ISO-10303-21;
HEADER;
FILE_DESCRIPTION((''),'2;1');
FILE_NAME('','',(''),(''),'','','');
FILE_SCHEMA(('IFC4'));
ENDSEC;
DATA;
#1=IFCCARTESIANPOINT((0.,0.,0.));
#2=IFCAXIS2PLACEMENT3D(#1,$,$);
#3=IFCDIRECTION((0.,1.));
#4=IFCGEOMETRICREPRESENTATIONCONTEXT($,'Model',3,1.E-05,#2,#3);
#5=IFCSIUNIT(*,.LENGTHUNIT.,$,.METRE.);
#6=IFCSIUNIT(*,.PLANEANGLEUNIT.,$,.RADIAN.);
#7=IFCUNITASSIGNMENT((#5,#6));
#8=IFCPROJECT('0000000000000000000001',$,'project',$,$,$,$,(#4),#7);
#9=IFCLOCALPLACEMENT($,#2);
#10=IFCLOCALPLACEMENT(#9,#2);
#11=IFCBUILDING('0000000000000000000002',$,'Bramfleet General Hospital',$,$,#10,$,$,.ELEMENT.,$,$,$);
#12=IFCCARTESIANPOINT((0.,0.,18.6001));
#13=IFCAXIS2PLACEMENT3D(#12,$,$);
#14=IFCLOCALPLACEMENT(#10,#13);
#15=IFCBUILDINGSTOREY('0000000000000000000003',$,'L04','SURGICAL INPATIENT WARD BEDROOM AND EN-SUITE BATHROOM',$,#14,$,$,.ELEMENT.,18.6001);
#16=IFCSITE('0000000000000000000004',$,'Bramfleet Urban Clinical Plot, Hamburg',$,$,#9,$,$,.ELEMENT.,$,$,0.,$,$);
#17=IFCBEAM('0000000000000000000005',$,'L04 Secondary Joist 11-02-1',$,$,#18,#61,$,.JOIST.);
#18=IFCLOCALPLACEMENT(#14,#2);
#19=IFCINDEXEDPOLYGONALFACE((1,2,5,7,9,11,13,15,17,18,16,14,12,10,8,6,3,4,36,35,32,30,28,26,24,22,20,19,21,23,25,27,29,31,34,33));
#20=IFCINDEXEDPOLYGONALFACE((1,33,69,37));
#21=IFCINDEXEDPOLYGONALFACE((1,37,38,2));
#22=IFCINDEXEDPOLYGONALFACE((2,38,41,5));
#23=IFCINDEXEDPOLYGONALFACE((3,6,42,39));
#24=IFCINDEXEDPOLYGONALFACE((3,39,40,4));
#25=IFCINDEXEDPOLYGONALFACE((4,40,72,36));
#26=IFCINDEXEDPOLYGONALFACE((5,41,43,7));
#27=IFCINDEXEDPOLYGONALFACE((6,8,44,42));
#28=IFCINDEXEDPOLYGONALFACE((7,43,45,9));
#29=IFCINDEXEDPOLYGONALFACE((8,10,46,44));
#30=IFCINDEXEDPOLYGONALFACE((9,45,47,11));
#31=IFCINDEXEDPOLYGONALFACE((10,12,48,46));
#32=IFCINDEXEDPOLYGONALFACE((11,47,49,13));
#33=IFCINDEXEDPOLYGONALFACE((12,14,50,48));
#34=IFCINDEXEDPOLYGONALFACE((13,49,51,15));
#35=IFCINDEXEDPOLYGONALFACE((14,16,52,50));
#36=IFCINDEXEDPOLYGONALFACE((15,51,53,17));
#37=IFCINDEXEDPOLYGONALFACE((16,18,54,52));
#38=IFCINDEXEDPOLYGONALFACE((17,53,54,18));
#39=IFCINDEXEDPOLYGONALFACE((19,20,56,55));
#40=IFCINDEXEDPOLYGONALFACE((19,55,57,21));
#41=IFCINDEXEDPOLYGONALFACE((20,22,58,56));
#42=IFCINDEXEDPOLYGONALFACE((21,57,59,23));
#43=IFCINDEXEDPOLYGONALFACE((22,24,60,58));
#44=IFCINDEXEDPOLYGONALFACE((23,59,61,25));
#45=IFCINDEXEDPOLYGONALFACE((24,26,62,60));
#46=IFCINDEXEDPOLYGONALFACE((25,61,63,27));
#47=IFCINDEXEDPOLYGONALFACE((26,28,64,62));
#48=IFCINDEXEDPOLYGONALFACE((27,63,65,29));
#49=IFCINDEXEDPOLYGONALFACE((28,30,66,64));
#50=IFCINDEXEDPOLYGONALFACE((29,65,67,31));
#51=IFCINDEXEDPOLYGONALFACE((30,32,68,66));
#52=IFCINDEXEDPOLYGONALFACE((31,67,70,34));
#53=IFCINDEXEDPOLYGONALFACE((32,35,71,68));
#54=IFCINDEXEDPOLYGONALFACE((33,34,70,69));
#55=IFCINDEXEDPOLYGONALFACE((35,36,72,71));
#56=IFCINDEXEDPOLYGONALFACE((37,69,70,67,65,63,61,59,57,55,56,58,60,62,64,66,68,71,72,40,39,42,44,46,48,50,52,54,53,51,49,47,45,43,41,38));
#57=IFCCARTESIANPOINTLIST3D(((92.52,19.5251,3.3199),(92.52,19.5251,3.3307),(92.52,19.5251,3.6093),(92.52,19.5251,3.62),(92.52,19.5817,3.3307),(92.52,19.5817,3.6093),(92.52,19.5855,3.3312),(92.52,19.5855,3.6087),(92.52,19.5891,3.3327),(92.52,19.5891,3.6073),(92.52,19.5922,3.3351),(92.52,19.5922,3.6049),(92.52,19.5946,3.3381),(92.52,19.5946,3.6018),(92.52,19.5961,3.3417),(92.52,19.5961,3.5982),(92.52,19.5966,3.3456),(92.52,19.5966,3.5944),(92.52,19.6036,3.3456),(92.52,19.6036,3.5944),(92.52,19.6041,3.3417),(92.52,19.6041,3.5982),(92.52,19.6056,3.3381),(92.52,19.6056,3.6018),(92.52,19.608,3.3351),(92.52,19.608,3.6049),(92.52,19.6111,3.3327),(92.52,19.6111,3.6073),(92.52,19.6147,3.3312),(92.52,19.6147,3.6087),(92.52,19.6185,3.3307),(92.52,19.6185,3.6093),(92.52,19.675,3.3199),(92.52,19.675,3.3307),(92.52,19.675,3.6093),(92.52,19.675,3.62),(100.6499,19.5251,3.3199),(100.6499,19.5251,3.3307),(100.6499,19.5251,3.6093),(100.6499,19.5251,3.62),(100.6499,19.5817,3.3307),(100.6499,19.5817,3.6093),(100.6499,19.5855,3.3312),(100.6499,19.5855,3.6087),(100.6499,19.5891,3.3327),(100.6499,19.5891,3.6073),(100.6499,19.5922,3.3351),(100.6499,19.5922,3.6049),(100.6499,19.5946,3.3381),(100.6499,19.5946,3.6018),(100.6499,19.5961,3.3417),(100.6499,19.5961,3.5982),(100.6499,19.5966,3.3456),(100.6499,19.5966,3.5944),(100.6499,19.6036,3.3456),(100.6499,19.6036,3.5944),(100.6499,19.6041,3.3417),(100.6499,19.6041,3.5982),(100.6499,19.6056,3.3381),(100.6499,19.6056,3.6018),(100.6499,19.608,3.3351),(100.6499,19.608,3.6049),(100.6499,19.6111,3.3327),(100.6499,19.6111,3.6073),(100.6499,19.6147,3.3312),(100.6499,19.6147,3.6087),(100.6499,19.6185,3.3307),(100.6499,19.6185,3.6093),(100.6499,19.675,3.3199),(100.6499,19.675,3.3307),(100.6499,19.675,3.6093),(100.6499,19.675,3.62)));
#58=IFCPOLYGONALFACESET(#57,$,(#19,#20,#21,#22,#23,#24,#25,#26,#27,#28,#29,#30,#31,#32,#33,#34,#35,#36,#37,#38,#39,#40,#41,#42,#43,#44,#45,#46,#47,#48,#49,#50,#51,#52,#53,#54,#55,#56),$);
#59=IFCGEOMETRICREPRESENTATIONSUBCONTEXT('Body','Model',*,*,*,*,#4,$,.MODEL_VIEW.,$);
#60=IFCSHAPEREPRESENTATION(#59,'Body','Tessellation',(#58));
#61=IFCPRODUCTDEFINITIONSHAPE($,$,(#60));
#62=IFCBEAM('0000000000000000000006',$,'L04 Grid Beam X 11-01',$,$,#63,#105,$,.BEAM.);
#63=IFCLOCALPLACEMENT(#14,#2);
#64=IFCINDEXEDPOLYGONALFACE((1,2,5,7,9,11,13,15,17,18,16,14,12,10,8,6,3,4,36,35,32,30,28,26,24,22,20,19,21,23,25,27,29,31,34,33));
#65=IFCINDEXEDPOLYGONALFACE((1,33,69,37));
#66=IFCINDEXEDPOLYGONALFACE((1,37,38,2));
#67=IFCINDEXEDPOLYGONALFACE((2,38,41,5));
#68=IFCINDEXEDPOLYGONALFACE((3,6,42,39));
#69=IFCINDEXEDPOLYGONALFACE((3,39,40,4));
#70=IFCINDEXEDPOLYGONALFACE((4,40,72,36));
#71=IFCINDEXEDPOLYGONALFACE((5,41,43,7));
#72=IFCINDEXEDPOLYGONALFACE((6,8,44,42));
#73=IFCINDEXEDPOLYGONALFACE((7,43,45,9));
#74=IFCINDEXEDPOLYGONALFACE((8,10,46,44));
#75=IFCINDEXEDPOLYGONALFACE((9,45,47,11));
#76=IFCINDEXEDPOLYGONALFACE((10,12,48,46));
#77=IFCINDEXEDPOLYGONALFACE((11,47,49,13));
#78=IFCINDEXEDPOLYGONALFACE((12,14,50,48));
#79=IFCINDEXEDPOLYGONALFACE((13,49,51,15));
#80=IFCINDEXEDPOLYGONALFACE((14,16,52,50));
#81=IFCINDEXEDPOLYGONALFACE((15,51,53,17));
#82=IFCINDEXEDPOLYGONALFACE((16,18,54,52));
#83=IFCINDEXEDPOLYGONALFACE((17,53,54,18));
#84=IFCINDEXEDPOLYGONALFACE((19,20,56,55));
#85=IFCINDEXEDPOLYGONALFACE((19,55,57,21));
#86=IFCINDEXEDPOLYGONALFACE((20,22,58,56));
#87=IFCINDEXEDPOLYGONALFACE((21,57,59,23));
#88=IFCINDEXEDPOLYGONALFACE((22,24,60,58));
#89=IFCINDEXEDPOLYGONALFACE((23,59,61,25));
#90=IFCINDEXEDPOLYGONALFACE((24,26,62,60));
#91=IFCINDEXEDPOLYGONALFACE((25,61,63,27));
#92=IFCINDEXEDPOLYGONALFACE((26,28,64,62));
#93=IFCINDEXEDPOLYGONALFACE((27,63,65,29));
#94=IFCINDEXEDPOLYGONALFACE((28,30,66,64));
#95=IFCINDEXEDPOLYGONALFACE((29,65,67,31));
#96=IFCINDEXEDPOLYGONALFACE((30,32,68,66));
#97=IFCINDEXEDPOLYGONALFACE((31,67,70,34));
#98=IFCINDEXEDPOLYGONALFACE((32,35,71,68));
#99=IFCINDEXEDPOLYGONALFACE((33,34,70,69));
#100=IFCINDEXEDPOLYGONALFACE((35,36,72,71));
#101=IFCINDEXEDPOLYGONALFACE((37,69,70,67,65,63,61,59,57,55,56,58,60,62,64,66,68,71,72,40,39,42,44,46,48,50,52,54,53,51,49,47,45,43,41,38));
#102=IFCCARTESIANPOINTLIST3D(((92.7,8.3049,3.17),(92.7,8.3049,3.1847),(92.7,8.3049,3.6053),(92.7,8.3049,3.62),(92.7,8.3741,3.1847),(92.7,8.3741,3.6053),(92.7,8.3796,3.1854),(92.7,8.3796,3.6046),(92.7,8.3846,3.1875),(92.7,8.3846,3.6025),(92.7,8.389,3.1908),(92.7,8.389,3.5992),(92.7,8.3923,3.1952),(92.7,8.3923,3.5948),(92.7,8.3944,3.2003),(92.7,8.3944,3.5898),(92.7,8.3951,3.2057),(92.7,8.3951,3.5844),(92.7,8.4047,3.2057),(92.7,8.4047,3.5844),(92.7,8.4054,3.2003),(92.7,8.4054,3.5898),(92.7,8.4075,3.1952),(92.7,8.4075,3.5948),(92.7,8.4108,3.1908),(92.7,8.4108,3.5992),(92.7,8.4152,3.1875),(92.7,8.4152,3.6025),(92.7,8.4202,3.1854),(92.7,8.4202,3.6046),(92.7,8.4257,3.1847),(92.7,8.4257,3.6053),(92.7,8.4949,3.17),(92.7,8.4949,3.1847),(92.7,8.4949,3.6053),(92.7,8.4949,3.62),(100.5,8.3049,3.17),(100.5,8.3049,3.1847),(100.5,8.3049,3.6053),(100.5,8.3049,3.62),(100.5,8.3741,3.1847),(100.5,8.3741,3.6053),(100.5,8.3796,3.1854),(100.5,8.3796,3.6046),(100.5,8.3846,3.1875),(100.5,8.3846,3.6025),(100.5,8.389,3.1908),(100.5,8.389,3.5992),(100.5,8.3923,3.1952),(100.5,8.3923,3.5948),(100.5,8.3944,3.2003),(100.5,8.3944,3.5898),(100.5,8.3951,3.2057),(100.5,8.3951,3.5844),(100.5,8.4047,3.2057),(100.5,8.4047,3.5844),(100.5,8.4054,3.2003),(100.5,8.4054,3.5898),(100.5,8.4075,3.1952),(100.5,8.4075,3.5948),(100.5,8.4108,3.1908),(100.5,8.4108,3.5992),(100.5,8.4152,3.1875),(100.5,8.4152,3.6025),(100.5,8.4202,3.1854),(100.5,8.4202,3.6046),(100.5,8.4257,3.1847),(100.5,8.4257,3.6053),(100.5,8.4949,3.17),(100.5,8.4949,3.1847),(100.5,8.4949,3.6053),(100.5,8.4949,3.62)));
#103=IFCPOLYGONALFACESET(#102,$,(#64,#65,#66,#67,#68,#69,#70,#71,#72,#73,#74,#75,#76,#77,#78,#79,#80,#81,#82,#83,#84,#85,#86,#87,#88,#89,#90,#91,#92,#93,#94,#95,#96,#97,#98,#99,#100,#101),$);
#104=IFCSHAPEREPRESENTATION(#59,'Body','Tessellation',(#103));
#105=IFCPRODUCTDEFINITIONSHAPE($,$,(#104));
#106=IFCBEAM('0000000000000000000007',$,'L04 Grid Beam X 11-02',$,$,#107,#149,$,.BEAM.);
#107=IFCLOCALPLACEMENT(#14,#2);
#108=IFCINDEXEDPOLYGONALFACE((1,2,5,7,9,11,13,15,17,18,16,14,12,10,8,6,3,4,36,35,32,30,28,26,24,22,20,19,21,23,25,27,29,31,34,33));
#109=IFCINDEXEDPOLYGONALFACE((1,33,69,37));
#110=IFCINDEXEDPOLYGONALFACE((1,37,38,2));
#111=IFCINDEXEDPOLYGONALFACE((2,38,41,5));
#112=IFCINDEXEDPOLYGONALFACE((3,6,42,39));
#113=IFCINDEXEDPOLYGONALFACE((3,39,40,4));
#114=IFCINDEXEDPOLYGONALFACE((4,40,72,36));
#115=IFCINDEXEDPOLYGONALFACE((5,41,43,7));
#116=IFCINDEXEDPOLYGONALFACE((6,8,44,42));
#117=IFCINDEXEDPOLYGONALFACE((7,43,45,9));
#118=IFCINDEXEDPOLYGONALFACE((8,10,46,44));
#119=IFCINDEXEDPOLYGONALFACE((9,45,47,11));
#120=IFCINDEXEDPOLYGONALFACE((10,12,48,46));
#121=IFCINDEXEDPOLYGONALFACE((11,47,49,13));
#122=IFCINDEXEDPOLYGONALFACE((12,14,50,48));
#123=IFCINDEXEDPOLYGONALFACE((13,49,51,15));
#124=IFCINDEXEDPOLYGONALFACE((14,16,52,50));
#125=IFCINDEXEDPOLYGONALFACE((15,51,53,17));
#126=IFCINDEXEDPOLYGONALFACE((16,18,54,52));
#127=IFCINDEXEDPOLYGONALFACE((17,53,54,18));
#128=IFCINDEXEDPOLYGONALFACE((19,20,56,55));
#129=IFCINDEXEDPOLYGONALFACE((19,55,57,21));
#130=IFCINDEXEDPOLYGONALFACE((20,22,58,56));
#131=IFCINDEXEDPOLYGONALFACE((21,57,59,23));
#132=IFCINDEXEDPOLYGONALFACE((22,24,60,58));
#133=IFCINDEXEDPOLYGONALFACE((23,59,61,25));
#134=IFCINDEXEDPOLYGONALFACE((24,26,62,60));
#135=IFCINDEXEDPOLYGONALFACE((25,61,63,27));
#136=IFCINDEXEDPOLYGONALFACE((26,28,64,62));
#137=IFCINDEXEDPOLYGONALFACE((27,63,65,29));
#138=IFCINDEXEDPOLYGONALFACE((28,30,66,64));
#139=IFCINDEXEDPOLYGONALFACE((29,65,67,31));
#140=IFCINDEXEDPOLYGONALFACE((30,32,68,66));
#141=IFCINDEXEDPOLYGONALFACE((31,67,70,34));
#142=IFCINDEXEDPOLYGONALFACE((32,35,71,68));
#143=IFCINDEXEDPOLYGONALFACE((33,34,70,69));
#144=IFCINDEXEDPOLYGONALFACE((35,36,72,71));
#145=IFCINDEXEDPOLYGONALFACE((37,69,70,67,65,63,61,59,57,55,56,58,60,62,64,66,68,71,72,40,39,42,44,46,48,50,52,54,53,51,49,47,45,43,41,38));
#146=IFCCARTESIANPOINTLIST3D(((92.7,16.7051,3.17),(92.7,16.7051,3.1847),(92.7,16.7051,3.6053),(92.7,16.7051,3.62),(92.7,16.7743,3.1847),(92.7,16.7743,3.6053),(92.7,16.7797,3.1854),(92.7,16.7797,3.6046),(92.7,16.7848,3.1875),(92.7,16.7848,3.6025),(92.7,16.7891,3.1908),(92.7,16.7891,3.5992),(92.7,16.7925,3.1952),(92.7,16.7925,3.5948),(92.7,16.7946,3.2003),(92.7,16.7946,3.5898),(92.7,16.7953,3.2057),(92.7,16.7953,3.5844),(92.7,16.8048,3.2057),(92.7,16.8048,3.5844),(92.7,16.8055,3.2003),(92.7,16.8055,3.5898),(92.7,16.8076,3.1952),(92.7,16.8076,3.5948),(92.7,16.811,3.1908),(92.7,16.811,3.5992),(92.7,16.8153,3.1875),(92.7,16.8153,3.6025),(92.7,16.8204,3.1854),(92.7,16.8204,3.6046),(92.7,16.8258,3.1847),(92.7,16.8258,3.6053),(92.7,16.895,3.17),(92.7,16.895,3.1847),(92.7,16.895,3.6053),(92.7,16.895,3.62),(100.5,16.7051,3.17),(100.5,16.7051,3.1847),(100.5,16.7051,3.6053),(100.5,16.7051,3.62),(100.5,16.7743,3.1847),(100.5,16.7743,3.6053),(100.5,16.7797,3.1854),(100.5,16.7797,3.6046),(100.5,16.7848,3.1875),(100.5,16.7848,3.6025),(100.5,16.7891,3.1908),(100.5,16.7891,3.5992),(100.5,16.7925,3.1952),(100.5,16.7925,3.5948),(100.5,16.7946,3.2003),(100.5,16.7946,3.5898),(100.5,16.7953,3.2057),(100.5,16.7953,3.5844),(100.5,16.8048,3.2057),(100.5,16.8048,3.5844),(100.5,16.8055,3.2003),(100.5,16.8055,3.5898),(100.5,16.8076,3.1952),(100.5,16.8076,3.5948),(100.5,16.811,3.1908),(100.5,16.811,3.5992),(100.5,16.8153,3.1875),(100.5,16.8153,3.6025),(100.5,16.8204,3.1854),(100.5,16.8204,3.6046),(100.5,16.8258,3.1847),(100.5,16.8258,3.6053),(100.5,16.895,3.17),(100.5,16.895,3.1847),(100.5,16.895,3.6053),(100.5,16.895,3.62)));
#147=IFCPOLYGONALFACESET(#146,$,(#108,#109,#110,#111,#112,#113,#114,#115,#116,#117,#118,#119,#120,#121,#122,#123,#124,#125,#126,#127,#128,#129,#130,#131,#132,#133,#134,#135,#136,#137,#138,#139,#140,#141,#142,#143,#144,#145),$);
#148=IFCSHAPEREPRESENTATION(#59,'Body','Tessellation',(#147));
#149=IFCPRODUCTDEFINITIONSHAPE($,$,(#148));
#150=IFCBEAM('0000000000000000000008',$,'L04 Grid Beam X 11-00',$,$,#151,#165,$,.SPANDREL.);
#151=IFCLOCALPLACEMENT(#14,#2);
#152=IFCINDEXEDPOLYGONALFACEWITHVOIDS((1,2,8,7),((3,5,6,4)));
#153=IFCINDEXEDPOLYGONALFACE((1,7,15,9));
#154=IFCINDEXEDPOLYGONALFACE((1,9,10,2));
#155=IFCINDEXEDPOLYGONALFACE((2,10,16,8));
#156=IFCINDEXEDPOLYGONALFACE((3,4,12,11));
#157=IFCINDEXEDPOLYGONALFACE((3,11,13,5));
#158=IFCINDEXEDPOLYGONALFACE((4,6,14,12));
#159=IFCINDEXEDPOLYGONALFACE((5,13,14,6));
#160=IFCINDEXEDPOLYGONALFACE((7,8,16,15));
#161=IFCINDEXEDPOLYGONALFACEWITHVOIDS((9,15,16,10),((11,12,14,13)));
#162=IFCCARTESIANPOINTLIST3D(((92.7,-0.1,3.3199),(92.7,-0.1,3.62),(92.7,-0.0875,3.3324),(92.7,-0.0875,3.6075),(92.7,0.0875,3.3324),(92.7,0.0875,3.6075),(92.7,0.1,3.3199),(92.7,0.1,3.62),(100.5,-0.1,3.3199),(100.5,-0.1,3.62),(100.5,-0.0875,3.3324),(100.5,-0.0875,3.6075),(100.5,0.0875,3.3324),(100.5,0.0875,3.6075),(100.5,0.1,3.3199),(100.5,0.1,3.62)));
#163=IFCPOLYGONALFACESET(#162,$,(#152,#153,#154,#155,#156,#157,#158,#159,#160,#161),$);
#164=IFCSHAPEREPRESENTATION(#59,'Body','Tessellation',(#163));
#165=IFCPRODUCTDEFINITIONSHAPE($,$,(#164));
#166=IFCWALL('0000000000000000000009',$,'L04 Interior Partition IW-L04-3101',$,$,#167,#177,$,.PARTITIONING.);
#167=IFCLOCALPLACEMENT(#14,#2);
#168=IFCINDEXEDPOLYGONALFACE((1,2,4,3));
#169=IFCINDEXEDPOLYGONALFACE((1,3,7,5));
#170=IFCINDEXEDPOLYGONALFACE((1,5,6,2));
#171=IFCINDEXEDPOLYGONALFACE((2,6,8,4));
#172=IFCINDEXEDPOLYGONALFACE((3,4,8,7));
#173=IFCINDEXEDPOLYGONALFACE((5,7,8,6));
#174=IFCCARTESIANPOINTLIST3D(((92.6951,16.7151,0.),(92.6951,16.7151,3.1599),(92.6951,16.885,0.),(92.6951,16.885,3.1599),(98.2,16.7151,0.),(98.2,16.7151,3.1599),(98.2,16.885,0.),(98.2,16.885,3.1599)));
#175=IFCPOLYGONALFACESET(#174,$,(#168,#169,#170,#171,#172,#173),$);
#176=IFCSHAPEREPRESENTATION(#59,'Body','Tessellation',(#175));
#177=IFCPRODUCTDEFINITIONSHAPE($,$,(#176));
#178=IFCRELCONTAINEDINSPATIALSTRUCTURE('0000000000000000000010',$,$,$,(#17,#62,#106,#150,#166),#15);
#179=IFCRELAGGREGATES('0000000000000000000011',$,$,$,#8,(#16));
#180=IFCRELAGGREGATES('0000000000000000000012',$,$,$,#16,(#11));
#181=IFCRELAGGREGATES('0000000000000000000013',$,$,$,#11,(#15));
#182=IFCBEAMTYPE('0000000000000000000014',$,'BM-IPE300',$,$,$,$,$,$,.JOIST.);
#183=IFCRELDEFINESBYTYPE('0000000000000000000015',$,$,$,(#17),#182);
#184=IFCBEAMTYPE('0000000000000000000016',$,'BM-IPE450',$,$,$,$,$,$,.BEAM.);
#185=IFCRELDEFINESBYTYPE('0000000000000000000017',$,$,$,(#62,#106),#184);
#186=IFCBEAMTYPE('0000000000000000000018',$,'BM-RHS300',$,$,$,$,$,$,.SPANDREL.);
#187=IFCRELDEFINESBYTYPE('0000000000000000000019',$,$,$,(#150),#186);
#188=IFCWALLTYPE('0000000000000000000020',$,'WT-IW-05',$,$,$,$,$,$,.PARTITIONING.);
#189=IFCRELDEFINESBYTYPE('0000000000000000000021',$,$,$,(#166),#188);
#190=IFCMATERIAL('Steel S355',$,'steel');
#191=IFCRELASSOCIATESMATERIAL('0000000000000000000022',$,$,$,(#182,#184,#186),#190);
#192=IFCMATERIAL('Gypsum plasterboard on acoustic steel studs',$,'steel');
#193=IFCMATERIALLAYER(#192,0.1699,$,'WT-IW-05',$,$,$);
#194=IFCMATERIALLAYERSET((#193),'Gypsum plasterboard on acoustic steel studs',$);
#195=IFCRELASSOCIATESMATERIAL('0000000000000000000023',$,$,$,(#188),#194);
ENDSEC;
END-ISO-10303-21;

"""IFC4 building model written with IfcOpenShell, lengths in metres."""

from ifc_helpers import new_model, si_unit, direction, frame, frame_2d, origin, origin_2d, place, context, subcontext, project, spatial, rectangle, hollow_rectangle, i_section, extrude, material, layer, layer_set, material_profile, profile_set, type_object, element, save


model = new_model("IFC4")

# Units and contexts
model_context = context("Model", 3, precision=1e-05, world=origin(), true_north=direction((0.0, 1.0)))
body_context = subcontext(model_context, "Body", "Model", "MODEL_VIEW")
ifc_project = project(units=[si_unit("LENGTHUNIT", "METRE"), si_unit("PLANEANGLEUNIT", "RADIAN")], contexts=[model_context])

# Site, building, storey
site_placement = place(None, origin())
site = spatial("IfcSite", under=ifc_project, at=site_placement, Name="Bramfleet Urban Clinical Plot, Hamburg", CompositionType="ELEMENT", RefElevation=0.0)
building_placement = place(site_placement, origin())
building = spatial("IfcBuilding", under=site, at=building_placement, Name="Bramfleet General Hospital", CompositionType="ELEMENT")
storey_placement = place(building_placement, frame((0.0, 0.0, 18.6001)))
storey = spatial("IfcBuildingStorey", under=building, at=storey_placement, Name="L04", Description="SURGICAL INPATIENT WARD BEDROOM AND EN-SUITE BATHROOM", CompositionType="ELEMENT", Elevation=18.6001)

# Beams
ifc_material_1 = material(Name="Steel S355", Category="steel")
ifc_material_profile_1 = material_profile(ifc_material_1, i_section(OverallWidth=0.1499, OverallDepth=0.3, WebThickness=0.0071, FlangeThickness=0.0107, FilletRadius=0.0149, at=origin_2d()), Name="IPE 300")
ifc_profile_set_1 = profile_set([ifc_material_profile_1], Name="Steel S355")
beam_type_1 = type_object("IfcBeamType", Name="BM-IPE300", PredefinedType="JOIST", material=ifc_profile_set_1)
for number, where, z_axis, x_axis, name in (
    (1, (92.52, 19.6001, 3.47), (1.0, 0.0, 0.0), (0.0, 1.0, 0.0), "L04 Secondary Joist 11-02-1"),
):
    element("IfcBeam", number, at=place(storey_placement, frame(where, z_axis=z_axis, x_axis=x_axis)), inside=storey, type_object=beam_type_1, Name=name, PredefinedType="JOIST", context=body_context, shape_type="SweptSolid", body=[
        extrude(i_section(OverallWidth=0.1499, OverallDepth=0.3, WebThickness=0.0071, FlangeThickness=0.0107, FilletRadius=0.0149, at=origin_2d()), origin(), (0.0, 0.0, 1.0), 8.1299),
    ])
ifc_material_profile_2 = material_profile(ifc_material_1, i_section(OverallWidth=0.1899, OverallDepth=0.45, WebThickness=0.0095, FlangeThickness=0.0146, FilletRadius=0.021, at=origin_2d()), Name="IPE 450")
ifc_profile_set_2 = profile_set([ifc_material_profile_2], Name="Steel S355")
beam_type_2 = type_object("IfcBeamType", Name="BM-IPE450", PredefinedType="BEAM", material=ifc_profile_set_2)
for number, where, z_axis, x_axis, name in (
    (2, (92.7, 8.3999, 3.395), (1.0, 0.0, 0.0), (0.0, 1.0, 0.0), "L04 Grid Beam X 11-01"),
    (3, (92.7, 16.8, 3.395), (1.0, 0.0, 0.0), (0.0, 1.0, 0.0), "L04 Grid Beam X 11-02"),
):
    element("IfcBeam", number, at=place(storey_placement, frame(where, z_axis=z_axis, x_axis=x_axis)), inside=storey, type_object=beam_type_2, Name=name, PredefinedType="BEAM", context=body_context, shape_type="SweptSolid", body=[
        extrude(i_section(OverallWidth=0.1899, OverallDepth=0.45, WebThickness=0.0095, FlangeThickness=0.0146, FilletRadius=0.021, at=origin_2d()), origin(), (0.0, 0.0, 1.0), 7.8),
    ])
ifc_material_profile_3 = material_profile(ifc_material_1, hollow_rectangle(XDim=0.2, YDim=0.3, WallThickness=0.0125, at=origin_2d()), Name="RHS 300x200x12.5")
ifc_profile_set_3 = profile_set([ifc_material_profile_3], Name="Steel S355")
beam_type_3 = type_object("IfcBeamType", Name="BM-RHS300", PredefinedType="SPANDREL", material=ifc_profile_set_3)
beam_placement = place(storey_placement, frame((92.7, 0.0, 3.47), z_axis=(1.0, 0.0, 0.0), x_axis=(0.0, 1.0, 0.0)))
element("IfcBeam", 4, at=beam_placement, inside=storey, type_object=beam_type_3, Name="L04 Grid Beam X 11-00", PredefinedType="SPANDREL", context=body_context, shape_type="SweptSolid", body=[
    extrude(hollow_rectangle(XDim=0.2, YDim=0.3, WallThickness=0.0125, at=origin_2d()), origin(), (0.0, 0.0, 1.0), 7.8),
])

# Wall
ifc_material_2 = material(Name="Gypsum plasterboard on acoustic steel studs", Category="steel")
ifc_layer_1 = layer(ifc_material_2, 0.1699, Name="WT-IW-05")
ifc_layer_set_1 = layer_set([ifc_layer_1], Name="Gypsum plasterboard on acoustic steel studs")
wall_type_1 = type_object("IfcWallType", Name="WT-IW-05", PredefinedType="PARTITIONING", material=ifc_layer_set_1)
wall_1_placement = place(storey_placement, frame((92.6951, 16.8, 0.0), z_axis=(0.0, 0.0, 1.0), x_axis=(1.0, 0.0, 0.0)))
element("IfcWall", 5, at=wall_1_placement, inside=storey, type_object=wall_type_1, Name="L04 Interior Partition IW-L04-3101", PredefinedType="PARTITIONING", context=body_context, shape_type="SweptSolid", body=[
    extrude(rectangle(XDim=5.5049, YDim=0.1699, at=frame_2d((2.7524, 0.0))), origin(), (0.0, 0.0, 1.0), 3.1599),
])

save(model, "model.ifc")
